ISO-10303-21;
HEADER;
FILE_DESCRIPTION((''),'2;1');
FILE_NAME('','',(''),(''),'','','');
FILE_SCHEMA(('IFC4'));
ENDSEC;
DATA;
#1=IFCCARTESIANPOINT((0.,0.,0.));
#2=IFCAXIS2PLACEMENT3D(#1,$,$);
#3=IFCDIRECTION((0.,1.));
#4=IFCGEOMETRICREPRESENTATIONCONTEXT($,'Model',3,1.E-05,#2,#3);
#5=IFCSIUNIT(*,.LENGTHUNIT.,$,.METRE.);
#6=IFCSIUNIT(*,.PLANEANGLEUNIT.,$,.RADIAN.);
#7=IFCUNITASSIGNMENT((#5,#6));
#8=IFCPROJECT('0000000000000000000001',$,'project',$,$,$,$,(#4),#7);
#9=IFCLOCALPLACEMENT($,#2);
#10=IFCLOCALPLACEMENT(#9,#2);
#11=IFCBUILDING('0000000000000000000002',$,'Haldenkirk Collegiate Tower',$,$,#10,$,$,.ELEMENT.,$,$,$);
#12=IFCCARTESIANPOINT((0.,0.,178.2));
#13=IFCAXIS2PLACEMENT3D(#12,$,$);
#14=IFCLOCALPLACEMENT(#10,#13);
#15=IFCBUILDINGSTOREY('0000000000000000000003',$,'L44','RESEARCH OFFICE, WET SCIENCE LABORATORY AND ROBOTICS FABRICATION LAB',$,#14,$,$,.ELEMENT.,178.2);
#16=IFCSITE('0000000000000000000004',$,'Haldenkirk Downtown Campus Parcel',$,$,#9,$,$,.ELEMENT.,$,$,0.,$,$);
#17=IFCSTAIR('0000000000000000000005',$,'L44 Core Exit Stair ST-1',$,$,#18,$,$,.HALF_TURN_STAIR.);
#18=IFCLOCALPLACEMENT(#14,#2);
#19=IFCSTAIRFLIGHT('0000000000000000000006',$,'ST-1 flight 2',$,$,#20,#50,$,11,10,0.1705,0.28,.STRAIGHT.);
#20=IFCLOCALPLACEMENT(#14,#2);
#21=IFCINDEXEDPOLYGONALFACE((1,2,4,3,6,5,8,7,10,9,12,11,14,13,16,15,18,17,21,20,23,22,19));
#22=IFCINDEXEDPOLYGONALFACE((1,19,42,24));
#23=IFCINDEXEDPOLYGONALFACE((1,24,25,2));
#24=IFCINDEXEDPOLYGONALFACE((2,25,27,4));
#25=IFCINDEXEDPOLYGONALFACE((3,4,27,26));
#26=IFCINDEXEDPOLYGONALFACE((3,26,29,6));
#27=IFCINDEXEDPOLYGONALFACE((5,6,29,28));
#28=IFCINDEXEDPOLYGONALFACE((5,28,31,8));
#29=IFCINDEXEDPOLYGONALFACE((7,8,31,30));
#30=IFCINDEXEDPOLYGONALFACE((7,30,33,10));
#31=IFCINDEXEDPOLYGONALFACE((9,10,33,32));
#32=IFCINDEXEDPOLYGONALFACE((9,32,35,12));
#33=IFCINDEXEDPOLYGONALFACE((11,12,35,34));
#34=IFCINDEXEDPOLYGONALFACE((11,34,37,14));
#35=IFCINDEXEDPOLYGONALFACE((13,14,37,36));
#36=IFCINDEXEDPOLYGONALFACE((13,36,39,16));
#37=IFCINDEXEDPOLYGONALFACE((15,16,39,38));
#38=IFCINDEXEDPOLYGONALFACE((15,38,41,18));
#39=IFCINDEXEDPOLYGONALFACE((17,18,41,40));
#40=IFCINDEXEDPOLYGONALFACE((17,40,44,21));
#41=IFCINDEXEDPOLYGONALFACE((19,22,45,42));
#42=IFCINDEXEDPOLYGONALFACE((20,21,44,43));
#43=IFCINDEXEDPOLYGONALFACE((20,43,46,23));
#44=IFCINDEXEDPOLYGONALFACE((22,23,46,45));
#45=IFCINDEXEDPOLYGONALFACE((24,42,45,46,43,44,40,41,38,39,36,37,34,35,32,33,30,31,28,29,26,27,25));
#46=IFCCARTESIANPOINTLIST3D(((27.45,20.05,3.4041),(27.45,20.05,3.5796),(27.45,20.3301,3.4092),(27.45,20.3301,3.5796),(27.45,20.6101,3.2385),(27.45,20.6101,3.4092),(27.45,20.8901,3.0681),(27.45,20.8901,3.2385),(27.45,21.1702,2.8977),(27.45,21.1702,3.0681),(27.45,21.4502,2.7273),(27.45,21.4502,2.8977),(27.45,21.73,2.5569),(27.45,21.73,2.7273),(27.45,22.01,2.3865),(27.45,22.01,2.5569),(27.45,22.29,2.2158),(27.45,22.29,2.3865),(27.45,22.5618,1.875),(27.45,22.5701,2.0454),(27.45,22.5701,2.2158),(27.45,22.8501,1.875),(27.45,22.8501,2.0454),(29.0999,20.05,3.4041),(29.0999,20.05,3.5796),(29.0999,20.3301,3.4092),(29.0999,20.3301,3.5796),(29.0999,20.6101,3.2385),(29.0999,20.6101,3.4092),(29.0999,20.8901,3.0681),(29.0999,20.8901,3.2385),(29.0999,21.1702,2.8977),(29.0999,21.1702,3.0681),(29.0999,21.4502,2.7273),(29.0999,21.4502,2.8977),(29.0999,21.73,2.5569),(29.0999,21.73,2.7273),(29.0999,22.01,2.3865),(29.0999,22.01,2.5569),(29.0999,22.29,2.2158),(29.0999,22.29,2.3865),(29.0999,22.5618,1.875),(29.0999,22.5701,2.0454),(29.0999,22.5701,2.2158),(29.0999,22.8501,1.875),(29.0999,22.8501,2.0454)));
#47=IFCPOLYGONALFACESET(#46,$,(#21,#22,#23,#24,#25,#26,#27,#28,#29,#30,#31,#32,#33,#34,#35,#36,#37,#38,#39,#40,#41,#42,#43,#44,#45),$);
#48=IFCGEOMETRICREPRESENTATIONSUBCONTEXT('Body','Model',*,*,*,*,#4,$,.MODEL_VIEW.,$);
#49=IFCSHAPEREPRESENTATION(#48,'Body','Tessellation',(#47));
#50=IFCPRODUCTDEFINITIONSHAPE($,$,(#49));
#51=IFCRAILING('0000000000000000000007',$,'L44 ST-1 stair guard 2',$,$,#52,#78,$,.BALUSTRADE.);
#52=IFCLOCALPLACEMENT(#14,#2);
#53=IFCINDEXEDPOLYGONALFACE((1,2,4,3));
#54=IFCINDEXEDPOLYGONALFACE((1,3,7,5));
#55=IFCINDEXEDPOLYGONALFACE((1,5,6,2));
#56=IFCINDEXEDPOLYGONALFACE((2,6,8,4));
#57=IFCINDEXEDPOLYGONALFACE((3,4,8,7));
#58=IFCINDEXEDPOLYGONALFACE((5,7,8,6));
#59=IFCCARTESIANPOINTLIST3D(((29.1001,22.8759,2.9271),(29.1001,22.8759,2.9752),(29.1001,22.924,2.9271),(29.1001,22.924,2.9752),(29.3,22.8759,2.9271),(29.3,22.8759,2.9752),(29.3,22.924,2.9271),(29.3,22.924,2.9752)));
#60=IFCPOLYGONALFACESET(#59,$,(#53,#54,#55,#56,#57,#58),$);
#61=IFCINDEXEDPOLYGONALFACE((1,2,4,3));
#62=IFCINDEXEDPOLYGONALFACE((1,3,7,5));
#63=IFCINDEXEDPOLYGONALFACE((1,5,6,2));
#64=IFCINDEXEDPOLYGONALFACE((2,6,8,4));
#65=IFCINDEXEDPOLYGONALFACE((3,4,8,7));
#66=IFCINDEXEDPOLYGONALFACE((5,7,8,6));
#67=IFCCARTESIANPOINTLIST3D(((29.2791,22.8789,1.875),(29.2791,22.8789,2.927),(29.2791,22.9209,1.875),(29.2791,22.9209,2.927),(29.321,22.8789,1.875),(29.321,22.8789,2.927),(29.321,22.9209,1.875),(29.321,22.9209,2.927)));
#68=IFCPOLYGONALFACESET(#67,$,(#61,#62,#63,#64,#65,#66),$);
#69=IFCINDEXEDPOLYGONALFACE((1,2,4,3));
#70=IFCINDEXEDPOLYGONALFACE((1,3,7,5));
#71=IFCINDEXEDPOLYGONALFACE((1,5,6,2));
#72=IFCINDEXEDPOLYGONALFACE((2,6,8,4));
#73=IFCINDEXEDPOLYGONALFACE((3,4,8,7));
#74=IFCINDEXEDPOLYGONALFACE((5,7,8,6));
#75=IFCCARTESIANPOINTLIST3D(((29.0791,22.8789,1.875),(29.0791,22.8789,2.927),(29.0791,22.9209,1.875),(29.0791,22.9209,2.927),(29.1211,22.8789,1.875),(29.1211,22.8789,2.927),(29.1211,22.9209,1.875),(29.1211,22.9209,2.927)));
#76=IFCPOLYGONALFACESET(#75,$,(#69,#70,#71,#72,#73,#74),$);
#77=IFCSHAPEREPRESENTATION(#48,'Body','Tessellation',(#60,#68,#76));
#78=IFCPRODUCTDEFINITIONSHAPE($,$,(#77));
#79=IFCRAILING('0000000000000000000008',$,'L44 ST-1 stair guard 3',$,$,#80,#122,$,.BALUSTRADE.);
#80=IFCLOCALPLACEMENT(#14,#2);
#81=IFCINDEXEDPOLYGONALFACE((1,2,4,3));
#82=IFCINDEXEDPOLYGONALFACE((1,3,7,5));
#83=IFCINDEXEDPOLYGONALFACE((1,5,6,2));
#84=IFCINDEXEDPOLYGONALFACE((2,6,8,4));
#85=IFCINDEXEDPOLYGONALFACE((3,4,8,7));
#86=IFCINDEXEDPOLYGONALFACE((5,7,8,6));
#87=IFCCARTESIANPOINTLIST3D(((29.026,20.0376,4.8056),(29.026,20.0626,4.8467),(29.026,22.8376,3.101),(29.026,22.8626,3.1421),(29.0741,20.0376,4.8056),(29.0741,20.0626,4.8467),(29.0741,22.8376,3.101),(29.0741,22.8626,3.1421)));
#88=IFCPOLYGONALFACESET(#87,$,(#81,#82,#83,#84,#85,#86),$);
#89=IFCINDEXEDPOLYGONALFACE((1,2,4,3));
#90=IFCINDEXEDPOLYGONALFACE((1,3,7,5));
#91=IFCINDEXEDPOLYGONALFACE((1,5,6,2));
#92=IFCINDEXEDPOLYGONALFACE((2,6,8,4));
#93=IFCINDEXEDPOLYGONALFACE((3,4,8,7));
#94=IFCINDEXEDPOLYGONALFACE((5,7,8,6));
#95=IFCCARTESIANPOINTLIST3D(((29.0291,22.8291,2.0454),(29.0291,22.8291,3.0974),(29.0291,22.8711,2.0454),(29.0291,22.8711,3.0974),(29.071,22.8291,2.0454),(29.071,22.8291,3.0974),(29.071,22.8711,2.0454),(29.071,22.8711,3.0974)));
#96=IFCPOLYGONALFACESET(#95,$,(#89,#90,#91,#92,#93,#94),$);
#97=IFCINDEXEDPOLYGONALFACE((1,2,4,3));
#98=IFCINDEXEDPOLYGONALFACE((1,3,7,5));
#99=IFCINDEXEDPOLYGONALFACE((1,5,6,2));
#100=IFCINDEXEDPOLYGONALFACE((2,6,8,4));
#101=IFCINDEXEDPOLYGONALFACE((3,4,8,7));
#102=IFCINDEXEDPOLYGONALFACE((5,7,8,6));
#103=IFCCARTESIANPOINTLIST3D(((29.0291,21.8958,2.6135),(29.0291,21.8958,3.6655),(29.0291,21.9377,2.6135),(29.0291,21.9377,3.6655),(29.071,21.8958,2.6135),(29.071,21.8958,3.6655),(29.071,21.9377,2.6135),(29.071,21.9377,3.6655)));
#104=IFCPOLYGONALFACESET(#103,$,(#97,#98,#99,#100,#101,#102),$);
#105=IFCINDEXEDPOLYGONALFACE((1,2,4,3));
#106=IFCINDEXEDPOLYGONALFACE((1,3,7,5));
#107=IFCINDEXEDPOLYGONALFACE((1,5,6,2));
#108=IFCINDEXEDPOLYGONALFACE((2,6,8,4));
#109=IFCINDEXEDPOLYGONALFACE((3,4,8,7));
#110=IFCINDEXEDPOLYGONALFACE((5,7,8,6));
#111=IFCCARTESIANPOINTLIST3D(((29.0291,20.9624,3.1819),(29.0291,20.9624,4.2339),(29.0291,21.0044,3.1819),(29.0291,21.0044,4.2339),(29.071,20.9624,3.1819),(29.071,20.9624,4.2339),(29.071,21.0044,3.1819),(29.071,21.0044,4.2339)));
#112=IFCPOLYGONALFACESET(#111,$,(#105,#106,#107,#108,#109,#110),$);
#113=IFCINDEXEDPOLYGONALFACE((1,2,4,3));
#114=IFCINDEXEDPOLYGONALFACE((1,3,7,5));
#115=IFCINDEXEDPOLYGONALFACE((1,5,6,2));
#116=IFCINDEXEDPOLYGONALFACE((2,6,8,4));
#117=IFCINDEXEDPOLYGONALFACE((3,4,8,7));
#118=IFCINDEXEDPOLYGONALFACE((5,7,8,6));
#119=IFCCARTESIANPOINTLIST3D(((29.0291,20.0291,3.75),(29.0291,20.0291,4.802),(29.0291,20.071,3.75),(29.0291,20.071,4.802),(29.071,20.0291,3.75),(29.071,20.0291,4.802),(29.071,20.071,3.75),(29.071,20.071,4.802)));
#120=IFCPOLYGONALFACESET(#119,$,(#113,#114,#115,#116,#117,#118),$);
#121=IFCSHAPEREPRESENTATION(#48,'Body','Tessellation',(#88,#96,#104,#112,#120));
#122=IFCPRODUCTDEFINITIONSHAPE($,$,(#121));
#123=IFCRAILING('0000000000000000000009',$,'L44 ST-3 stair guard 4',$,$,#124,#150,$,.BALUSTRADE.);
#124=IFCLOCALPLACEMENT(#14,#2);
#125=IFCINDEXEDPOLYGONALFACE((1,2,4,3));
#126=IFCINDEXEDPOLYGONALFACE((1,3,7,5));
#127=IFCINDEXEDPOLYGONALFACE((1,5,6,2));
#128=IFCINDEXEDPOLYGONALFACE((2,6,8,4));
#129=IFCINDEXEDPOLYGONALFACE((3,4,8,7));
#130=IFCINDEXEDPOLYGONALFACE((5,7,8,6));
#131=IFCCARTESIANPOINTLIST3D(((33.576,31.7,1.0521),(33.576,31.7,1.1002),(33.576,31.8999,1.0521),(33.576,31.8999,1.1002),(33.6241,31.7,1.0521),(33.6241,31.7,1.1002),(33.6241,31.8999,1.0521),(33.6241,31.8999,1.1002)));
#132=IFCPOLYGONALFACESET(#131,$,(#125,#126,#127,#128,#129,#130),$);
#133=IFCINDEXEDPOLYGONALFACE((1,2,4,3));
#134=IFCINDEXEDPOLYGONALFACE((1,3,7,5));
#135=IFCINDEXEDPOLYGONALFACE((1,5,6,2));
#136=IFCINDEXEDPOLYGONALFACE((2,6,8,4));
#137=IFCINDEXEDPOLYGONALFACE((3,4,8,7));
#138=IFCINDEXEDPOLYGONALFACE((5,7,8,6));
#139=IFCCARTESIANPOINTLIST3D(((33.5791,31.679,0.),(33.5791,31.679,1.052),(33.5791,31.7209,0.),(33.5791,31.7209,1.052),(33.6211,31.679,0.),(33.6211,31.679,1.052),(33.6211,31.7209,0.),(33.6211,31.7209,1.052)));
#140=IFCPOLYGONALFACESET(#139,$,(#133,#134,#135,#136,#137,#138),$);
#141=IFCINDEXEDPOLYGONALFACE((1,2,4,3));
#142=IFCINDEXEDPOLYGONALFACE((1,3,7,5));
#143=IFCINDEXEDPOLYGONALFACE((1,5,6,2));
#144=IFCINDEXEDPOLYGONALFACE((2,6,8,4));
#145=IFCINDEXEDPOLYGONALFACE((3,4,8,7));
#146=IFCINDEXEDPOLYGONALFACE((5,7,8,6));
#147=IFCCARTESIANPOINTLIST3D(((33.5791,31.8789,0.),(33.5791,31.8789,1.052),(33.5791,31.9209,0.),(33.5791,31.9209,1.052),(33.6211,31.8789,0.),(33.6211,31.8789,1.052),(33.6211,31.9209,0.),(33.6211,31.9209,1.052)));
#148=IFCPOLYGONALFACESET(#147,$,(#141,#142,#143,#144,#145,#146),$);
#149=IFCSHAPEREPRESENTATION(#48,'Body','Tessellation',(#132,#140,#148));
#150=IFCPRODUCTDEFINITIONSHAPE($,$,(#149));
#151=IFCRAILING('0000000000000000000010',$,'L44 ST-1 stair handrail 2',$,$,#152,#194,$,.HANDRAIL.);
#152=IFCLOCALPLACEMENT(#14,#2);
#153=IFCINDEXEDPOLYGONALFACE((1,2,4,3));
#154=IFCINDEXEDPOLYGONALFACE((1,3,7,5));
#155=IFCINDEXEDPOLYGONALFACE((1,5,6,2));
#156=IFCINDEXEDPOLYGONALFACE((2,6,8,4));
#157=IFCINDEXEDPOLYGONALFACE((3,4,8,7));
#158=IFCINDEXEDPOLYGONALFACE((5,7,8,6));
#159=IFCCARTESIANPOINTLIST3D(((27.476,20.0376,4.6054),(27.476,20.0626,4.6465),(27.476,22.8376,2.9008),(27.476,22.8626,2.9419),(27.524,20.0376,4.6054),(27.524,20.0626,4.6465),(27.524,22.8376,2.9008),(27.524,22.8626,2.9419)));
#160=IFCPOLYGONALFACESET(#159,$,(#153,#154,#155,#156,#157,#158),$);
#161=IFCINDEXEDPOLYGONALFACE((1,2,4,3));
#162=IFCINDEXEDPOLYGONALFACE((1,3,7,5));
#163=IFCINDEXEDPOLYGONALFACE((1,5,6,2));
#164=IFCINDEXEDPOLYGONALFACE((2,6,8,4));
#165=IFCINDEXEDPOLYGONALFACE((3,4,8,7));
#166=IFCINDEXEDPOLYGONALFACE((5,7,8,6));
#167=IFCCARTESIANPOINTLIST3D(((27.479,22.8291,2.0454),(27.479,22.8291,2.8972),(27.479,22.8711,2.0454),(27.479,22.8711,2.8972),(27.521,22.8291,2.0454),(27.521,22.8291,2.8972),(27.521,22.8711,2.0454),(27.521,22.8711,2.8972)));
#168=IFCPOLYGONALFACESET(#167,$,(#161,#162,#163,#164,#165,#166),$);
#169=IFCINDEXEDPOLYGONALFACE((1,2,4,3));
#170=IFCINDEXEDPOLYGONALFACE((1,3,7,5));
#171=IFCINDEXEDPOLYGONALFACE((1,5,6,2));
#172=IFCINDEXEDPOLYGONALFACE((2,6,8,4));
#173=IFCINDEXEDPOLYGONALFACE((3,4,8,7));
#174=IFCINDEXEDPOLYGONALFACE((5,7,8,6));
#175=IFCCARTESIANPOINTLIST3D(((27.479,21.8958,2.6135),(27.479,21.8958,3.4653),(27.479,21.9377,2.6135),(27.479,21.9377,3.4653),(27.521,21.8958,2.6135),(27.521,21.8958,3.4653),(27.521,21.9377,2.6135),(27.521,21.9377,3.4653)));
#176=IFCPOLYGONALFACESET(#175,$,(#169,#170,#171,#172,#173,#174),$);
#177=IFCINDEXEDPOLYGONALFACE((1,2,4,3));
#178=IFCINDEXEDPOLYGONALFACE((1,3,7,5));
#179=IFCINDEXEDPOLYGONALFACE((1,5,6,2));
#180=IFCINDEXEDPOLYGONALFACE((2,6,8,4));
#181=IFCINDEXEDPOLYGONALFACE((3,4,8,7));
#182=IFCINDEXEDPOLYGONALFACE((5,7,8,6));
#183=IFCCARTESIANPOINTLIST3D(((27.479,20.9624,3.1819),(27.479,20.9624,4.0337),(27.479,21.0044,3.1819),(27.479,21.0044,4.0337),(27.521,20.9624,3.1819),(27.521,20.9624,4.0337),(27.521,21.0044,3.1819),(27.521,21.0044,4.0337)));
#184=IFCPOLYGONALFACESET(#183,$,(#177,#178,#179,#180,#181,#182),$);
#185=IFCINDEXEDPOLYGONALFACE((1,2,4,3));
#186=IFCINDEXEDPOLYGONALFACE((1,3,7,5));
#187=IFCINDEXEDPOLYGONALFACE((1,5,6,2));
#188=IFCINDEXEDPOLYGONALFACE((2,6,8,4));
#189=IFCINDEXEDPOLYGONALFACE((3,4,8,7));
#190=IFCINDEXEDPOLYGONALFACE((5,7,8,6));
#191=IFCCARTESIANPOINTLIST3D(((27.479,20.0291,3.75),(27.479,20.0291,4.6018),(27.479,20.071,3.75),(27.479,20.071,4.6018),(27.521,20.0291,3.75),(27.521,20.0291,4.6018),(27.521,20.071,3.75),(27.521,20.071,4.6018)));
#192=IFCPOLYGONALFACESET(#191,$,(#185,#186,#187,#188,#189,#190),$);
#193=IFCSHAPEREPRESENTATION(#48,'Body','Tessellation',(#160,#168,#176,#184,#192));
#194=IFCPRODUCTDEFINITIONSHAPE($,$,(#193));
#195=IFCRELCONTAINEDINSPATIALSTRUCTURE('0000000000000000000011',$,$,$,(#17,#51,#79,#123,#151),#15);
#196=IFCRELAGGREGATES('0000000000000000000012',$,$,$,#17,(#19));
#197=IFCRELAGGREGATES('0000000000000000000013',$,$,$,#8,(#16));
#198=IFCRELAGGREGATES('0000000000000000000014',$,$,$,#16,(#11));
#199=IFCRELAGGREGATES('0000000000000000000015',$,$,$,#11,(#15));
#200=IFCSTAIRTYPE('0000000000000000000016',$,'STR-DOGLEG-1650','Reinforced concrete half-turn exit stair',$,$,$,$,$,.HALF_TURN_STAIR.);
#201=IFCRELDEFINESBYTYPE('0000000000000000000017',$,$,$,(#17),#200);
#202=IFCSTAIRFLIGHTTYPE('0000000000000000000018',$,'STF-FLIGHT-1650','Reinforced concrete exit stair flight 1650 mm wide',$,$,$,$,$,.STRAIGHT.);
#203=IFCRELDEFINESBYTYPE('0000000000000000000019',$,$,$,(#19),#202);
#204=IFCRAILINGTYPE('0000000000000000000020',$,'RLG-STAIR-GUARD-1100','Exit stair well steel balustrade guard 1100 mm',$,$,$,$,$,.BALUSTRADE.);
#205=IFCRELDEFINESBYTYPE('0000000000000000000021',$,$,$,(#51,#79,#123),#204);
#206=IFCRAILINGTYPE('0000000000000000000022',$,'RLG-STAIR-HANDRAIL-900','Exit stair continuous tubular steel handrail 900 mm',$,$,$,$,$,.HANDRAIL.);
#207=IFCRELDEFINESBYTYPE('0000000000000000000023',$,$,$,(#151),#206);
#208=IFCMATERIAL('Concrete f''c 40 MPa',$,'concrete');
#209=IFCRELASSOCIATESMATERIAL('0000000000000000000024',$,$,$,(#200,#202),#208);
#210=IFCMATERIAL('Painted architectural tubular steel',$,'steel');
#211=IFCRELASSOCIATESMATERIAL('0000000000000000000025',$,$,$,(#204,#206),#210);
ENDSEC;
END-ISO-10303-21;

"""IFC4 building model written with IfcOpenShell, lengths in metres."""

from ifc_helpers import new_model, si_unit, direction, frame, origin, origin_2d, place, context, subcontext, project, spatial, polyline, rectangle, outline, extrude, material, type_object, element, aggregate, save


model = new_model("IFC4")

# Units and contexts
model_context = context("Model", 3, precision=1e-05, world=origin(), true_north=direction((0.0, 1.0)))
body_context = subcontext(model_context, "Body", "Model", "MODEL_VIEW")
ifc_project = project(units=[si_unit("LENGTHUNIT", "METRE"), si_unit("PLANEANGLEUNIT", "RADIAN")], contexts=[model_context])

# Site, building, storey
site_placement = place(None, origin())
site = spatial("IfcSite", under=ifc_project, at=site_placement, Name="Haldenkirk Downtown Campus Parcel", CompositionType="ELEMENT", RefElevation=0.0)
building_placement = place(site_placement, origin())
building = spatial("IfcBuilding", under=site, at=building_placement, Name="Haldenkirk Collegiate Tower", CompositionType="ELEMENT")
storey_placement = place(building_placement, frame((0.0, 0.0, 178.2)))
storey = spatial("IfcBuildingStorey", under=building, at=storey_placement, Name="L44", Description="RESEARCH OFFICE, WET SCIENCE LABORATORY AND ROBOTICS FABRICATION LAB", CompositionType="ELEMENT", Elevation=178.2)

# Stair, stair flight
ifc_material_1 = material(Name="Concrete f'c 40 MPa", Category="concrete")
stair_type = type_object("IfcStairType", Name="STR-DOGLEG-1650", Description="Reinforced concrete half-turn exit stair", PredefinedType="HALF_TURN_STAIR", material=ifc_material_1)
stair_placement = place(storey_placement, origin())
stair = element("IfcStair", 1, at=stair_placement, inside=storey, type_object=stair_type, Name="L44 Core Exit Stair ST-1", PredefinedType="HALF_TURN_STAIR")
stair_flight_type = type_object("IfcStairFlightType", Name="STF-FLIGHT-1650", Description="Reinforced concrete exit stair flight 1650 mm wide", PredefinedType="STRAIGHT", material=ifc_material_1)
stair_flight_placement = place(storey_placement, frame((28.2749, 22.8501, 1.875), z_axis=(0.0, 0.0, 1.0), x_axis=(0.0, -1.0, 0.0)))
stair_flight = element("IfcStairFlight", 2, at=stair_flight_placement, type_object=stair_flight_type, Name="ST-1 flight 2", NumberOfRisers=11, NumberOfTreads=10, PredefinedType="STRAIGHT", RiserHeight=0.1705, TreadLength=0.28, context=body_context, shape_type="SweptSolid", body=[
    extrude(outline(polyline([(0.0, 0.0), (0.0, 0.1704), (0.28, 0.1704), (0.28, 0.3408), (0.5601, 0.3408), (0.5601, 0.5115), (0.8401, 0.5115), (0.8401, 0.6819), (1.1201, 0.6819), (1.1201, 0.8523), (1.3999, 0.8523), (1.3999, 1.0227), (1.6799, 1.0227), (1.6799, 1.1931), (1.96, 1.1931), (1.96, 1.3635), (2.24, 1.3635), (2.24, 1.5342), (2.52, 1.5342), (2.52, 1.7046), (2.8, 1.7046), (2.8, 1.875), (2.8, 1.5291), (0.2883, 0.0), (0.0, 0.0)])), frame((0.0, 0.825, 0.0), z_axis=(0.0, -1.0, 0.0), x_axis=(1.0, 0.0, 0.0)), (0.0, 0.0, 1.0), 1.6499),
])
aggregate(stair, [stair_flight])

# Railings
ifc_material_2 = material(Name="Painted architectural tubular steel", Category="steel")
railing_type_1 = type_object("IfcRailingType", Name="RLG-STAIR-GUARD-1100", Description="Exit stair well steel balustrade guard 1100 mm", PredefinedType="BALUSTRADE", material=ifc_material_2)
railing_1_placement = place(storey_placement, frame((29.3, 22.8999, 1.875)))
element("IfcRailing", 3, at=railing_1_placement, inside=storey, type_object=railing_type_1, Name="L44 ST-1 stair guard 2", PredefinedType="BALUSTRADE", context=body_context, shape_type="SweptSolid", body=[
    extrude(rectangle(XDim=0.0481, YDim=0.0481, at=origin_2d()), frame((0.0, 0.0, 1.0762), z_axis=(-1.0, 0.0, 0.0), x_axis=(0.0, -1.0, 0.0)), (0.0, 0.0, 1.0), 0.2),
    extrude(rectangle(XDim=0.042, YDim=0.042, at=origin_2d()), origin(), (0.0, 0.0, 1.0), 1.052),
    extrude(rectangle(XDim=0.042, YDim=0.042, at=origin_2d()), frame((-0.2, 0.0, 0.0)), (0.0, 0.0, 1.0), 1.052),
])
railing_2_placement = place(storey_placement, frame((29.05, 22.8501, 2.0454)))
element("IfcRailing", 4, at=railing_2_placement, inside=storey, type_object=railing_type_1, Name="L44 ST-1 stair guard 3", PredefinedType="BALUSTRADE", context=body_context, shape_type="SweptSolid", body=[
    extrude(rectangle(XDim=0.0481, YDim=0.0481, at=origin_2d()), frame((0.0, 0.0, 1.0762), z_axis=(0.0, -0.85417, 0.519994), x_axis=(1.0, 0.0, 0.0)), (0.0, 0.0, 1.0), 3.2781),
    extrude(rectangle(XDim=0.042, YDim=0.042, at=origin_2d()), origin(), (0.0, 0.0, 1.0), 1.052),
    extrude(rectangle(XDim=0.042, YDim=0.042, at=origin_2d()), frame((0.0, -0.9333, 0.5681)), (0.0, 0.0, 1.0), 1.052),
    extrude(rectangle(XDim=0.042, YDim=0.042, at=origin_2d()), frame((0.0, -1.8667, 1.1365)), (0.0, 0.0, 1.0), 1.052),
    extrude(rectangle(XDim=0.042, YDim=0.042, at=origin_2d()), frame((0.0, -2.8, 1.7046)), (0.0, 0.0, 1.0), 1.052),
])
railing_3_placement = place(storey_placement, frame((33.6001, 31.7, 0.0)))
element("IfcRailing", 5, at=railing_3_placement, inside=storey, type_object=railing_type_1, Name="L44 ST-3 stair guard 4", PredefinedType="BALUSTRADE", context=body_context, shape_type="SweptSolid", body=[
    extrude(rectangle(XDim=0.0481, YDim=0.0481, at=origin_2d()), frame((0.0, 0.0, 1.0762), z_axis=(0.0, 1.0, 0.0), x_axis=(-1.0, 0.0, 0.0)), (0.0, 0.0, 1.0), 0.2),
    extrude(rectangle(XDim=0.042, YDim=0.042, at=origin_2d()), origin(), (0.0, 0.0, 1.0), 1.052),
    extrude(rectangle(XDim=0.042, YDim=0.042, at=origin_2d()), frame((0.0, 0.2, 0.0)), (0.0, 0.0, 1.0), 1.052),
])
railing_type_2 = type_object("IfcRailingType", Name="RLG-STAIR-HANDRAIL-900", Description="Exit stair continuous tubular steel handrail 900 mm", PredefinedType="HANDRAIL", material=ifc_material_2)
railing_4_placement = place(storey_placement, frame((27.5, 22.8501, 2.0454)))
element("IfcRailing", 6, at=railing_4_placement, inside=storey, type_object=railing_type_2, Name="L44 ST-1 stair handrail 2", PredefinedType="HANDRAIL", context=body_context, shape_type="SweptSolid", body=[
    extrude(rectangle(XDim=0.0481, YDim=0.0481, at=origin_2d()), frame((0.0, 0.0, 0.876), z_axis=(0.0, -0.85417, 0.519994), x_axis=(1.0, 0.0, 0.0)), (0.0, 0.0, 1.0), 3.2781),
    extrude(rectangle(XDim=0.042, YDim=0.042, at=origin_2d()), origin(), (0.0, 0.0, 1.0), 0.8518),
    extrude(rectangle(XDim=0.042, YDim=0.042, at=origin_2d()), frame((0.0, -0.9333, 0.5681)), (0.0, 0.0, 1.0), 0.8518),
    extrude(rectangle(XDim=0.042, YDim=0.042, at=origin_2d()), frame((0.0, -1.8667, 1.1365)), (0.0, 0.0, 1.0), 0.8518),
    extrude(rectangle(XDim=0.042, YDim=0.042, at=origin_2d()), frame((0.0, -2.8, 1.7046)), (0.0, 0.0, 1.0), 0.8518),
])

save(model, "model.ifc")
